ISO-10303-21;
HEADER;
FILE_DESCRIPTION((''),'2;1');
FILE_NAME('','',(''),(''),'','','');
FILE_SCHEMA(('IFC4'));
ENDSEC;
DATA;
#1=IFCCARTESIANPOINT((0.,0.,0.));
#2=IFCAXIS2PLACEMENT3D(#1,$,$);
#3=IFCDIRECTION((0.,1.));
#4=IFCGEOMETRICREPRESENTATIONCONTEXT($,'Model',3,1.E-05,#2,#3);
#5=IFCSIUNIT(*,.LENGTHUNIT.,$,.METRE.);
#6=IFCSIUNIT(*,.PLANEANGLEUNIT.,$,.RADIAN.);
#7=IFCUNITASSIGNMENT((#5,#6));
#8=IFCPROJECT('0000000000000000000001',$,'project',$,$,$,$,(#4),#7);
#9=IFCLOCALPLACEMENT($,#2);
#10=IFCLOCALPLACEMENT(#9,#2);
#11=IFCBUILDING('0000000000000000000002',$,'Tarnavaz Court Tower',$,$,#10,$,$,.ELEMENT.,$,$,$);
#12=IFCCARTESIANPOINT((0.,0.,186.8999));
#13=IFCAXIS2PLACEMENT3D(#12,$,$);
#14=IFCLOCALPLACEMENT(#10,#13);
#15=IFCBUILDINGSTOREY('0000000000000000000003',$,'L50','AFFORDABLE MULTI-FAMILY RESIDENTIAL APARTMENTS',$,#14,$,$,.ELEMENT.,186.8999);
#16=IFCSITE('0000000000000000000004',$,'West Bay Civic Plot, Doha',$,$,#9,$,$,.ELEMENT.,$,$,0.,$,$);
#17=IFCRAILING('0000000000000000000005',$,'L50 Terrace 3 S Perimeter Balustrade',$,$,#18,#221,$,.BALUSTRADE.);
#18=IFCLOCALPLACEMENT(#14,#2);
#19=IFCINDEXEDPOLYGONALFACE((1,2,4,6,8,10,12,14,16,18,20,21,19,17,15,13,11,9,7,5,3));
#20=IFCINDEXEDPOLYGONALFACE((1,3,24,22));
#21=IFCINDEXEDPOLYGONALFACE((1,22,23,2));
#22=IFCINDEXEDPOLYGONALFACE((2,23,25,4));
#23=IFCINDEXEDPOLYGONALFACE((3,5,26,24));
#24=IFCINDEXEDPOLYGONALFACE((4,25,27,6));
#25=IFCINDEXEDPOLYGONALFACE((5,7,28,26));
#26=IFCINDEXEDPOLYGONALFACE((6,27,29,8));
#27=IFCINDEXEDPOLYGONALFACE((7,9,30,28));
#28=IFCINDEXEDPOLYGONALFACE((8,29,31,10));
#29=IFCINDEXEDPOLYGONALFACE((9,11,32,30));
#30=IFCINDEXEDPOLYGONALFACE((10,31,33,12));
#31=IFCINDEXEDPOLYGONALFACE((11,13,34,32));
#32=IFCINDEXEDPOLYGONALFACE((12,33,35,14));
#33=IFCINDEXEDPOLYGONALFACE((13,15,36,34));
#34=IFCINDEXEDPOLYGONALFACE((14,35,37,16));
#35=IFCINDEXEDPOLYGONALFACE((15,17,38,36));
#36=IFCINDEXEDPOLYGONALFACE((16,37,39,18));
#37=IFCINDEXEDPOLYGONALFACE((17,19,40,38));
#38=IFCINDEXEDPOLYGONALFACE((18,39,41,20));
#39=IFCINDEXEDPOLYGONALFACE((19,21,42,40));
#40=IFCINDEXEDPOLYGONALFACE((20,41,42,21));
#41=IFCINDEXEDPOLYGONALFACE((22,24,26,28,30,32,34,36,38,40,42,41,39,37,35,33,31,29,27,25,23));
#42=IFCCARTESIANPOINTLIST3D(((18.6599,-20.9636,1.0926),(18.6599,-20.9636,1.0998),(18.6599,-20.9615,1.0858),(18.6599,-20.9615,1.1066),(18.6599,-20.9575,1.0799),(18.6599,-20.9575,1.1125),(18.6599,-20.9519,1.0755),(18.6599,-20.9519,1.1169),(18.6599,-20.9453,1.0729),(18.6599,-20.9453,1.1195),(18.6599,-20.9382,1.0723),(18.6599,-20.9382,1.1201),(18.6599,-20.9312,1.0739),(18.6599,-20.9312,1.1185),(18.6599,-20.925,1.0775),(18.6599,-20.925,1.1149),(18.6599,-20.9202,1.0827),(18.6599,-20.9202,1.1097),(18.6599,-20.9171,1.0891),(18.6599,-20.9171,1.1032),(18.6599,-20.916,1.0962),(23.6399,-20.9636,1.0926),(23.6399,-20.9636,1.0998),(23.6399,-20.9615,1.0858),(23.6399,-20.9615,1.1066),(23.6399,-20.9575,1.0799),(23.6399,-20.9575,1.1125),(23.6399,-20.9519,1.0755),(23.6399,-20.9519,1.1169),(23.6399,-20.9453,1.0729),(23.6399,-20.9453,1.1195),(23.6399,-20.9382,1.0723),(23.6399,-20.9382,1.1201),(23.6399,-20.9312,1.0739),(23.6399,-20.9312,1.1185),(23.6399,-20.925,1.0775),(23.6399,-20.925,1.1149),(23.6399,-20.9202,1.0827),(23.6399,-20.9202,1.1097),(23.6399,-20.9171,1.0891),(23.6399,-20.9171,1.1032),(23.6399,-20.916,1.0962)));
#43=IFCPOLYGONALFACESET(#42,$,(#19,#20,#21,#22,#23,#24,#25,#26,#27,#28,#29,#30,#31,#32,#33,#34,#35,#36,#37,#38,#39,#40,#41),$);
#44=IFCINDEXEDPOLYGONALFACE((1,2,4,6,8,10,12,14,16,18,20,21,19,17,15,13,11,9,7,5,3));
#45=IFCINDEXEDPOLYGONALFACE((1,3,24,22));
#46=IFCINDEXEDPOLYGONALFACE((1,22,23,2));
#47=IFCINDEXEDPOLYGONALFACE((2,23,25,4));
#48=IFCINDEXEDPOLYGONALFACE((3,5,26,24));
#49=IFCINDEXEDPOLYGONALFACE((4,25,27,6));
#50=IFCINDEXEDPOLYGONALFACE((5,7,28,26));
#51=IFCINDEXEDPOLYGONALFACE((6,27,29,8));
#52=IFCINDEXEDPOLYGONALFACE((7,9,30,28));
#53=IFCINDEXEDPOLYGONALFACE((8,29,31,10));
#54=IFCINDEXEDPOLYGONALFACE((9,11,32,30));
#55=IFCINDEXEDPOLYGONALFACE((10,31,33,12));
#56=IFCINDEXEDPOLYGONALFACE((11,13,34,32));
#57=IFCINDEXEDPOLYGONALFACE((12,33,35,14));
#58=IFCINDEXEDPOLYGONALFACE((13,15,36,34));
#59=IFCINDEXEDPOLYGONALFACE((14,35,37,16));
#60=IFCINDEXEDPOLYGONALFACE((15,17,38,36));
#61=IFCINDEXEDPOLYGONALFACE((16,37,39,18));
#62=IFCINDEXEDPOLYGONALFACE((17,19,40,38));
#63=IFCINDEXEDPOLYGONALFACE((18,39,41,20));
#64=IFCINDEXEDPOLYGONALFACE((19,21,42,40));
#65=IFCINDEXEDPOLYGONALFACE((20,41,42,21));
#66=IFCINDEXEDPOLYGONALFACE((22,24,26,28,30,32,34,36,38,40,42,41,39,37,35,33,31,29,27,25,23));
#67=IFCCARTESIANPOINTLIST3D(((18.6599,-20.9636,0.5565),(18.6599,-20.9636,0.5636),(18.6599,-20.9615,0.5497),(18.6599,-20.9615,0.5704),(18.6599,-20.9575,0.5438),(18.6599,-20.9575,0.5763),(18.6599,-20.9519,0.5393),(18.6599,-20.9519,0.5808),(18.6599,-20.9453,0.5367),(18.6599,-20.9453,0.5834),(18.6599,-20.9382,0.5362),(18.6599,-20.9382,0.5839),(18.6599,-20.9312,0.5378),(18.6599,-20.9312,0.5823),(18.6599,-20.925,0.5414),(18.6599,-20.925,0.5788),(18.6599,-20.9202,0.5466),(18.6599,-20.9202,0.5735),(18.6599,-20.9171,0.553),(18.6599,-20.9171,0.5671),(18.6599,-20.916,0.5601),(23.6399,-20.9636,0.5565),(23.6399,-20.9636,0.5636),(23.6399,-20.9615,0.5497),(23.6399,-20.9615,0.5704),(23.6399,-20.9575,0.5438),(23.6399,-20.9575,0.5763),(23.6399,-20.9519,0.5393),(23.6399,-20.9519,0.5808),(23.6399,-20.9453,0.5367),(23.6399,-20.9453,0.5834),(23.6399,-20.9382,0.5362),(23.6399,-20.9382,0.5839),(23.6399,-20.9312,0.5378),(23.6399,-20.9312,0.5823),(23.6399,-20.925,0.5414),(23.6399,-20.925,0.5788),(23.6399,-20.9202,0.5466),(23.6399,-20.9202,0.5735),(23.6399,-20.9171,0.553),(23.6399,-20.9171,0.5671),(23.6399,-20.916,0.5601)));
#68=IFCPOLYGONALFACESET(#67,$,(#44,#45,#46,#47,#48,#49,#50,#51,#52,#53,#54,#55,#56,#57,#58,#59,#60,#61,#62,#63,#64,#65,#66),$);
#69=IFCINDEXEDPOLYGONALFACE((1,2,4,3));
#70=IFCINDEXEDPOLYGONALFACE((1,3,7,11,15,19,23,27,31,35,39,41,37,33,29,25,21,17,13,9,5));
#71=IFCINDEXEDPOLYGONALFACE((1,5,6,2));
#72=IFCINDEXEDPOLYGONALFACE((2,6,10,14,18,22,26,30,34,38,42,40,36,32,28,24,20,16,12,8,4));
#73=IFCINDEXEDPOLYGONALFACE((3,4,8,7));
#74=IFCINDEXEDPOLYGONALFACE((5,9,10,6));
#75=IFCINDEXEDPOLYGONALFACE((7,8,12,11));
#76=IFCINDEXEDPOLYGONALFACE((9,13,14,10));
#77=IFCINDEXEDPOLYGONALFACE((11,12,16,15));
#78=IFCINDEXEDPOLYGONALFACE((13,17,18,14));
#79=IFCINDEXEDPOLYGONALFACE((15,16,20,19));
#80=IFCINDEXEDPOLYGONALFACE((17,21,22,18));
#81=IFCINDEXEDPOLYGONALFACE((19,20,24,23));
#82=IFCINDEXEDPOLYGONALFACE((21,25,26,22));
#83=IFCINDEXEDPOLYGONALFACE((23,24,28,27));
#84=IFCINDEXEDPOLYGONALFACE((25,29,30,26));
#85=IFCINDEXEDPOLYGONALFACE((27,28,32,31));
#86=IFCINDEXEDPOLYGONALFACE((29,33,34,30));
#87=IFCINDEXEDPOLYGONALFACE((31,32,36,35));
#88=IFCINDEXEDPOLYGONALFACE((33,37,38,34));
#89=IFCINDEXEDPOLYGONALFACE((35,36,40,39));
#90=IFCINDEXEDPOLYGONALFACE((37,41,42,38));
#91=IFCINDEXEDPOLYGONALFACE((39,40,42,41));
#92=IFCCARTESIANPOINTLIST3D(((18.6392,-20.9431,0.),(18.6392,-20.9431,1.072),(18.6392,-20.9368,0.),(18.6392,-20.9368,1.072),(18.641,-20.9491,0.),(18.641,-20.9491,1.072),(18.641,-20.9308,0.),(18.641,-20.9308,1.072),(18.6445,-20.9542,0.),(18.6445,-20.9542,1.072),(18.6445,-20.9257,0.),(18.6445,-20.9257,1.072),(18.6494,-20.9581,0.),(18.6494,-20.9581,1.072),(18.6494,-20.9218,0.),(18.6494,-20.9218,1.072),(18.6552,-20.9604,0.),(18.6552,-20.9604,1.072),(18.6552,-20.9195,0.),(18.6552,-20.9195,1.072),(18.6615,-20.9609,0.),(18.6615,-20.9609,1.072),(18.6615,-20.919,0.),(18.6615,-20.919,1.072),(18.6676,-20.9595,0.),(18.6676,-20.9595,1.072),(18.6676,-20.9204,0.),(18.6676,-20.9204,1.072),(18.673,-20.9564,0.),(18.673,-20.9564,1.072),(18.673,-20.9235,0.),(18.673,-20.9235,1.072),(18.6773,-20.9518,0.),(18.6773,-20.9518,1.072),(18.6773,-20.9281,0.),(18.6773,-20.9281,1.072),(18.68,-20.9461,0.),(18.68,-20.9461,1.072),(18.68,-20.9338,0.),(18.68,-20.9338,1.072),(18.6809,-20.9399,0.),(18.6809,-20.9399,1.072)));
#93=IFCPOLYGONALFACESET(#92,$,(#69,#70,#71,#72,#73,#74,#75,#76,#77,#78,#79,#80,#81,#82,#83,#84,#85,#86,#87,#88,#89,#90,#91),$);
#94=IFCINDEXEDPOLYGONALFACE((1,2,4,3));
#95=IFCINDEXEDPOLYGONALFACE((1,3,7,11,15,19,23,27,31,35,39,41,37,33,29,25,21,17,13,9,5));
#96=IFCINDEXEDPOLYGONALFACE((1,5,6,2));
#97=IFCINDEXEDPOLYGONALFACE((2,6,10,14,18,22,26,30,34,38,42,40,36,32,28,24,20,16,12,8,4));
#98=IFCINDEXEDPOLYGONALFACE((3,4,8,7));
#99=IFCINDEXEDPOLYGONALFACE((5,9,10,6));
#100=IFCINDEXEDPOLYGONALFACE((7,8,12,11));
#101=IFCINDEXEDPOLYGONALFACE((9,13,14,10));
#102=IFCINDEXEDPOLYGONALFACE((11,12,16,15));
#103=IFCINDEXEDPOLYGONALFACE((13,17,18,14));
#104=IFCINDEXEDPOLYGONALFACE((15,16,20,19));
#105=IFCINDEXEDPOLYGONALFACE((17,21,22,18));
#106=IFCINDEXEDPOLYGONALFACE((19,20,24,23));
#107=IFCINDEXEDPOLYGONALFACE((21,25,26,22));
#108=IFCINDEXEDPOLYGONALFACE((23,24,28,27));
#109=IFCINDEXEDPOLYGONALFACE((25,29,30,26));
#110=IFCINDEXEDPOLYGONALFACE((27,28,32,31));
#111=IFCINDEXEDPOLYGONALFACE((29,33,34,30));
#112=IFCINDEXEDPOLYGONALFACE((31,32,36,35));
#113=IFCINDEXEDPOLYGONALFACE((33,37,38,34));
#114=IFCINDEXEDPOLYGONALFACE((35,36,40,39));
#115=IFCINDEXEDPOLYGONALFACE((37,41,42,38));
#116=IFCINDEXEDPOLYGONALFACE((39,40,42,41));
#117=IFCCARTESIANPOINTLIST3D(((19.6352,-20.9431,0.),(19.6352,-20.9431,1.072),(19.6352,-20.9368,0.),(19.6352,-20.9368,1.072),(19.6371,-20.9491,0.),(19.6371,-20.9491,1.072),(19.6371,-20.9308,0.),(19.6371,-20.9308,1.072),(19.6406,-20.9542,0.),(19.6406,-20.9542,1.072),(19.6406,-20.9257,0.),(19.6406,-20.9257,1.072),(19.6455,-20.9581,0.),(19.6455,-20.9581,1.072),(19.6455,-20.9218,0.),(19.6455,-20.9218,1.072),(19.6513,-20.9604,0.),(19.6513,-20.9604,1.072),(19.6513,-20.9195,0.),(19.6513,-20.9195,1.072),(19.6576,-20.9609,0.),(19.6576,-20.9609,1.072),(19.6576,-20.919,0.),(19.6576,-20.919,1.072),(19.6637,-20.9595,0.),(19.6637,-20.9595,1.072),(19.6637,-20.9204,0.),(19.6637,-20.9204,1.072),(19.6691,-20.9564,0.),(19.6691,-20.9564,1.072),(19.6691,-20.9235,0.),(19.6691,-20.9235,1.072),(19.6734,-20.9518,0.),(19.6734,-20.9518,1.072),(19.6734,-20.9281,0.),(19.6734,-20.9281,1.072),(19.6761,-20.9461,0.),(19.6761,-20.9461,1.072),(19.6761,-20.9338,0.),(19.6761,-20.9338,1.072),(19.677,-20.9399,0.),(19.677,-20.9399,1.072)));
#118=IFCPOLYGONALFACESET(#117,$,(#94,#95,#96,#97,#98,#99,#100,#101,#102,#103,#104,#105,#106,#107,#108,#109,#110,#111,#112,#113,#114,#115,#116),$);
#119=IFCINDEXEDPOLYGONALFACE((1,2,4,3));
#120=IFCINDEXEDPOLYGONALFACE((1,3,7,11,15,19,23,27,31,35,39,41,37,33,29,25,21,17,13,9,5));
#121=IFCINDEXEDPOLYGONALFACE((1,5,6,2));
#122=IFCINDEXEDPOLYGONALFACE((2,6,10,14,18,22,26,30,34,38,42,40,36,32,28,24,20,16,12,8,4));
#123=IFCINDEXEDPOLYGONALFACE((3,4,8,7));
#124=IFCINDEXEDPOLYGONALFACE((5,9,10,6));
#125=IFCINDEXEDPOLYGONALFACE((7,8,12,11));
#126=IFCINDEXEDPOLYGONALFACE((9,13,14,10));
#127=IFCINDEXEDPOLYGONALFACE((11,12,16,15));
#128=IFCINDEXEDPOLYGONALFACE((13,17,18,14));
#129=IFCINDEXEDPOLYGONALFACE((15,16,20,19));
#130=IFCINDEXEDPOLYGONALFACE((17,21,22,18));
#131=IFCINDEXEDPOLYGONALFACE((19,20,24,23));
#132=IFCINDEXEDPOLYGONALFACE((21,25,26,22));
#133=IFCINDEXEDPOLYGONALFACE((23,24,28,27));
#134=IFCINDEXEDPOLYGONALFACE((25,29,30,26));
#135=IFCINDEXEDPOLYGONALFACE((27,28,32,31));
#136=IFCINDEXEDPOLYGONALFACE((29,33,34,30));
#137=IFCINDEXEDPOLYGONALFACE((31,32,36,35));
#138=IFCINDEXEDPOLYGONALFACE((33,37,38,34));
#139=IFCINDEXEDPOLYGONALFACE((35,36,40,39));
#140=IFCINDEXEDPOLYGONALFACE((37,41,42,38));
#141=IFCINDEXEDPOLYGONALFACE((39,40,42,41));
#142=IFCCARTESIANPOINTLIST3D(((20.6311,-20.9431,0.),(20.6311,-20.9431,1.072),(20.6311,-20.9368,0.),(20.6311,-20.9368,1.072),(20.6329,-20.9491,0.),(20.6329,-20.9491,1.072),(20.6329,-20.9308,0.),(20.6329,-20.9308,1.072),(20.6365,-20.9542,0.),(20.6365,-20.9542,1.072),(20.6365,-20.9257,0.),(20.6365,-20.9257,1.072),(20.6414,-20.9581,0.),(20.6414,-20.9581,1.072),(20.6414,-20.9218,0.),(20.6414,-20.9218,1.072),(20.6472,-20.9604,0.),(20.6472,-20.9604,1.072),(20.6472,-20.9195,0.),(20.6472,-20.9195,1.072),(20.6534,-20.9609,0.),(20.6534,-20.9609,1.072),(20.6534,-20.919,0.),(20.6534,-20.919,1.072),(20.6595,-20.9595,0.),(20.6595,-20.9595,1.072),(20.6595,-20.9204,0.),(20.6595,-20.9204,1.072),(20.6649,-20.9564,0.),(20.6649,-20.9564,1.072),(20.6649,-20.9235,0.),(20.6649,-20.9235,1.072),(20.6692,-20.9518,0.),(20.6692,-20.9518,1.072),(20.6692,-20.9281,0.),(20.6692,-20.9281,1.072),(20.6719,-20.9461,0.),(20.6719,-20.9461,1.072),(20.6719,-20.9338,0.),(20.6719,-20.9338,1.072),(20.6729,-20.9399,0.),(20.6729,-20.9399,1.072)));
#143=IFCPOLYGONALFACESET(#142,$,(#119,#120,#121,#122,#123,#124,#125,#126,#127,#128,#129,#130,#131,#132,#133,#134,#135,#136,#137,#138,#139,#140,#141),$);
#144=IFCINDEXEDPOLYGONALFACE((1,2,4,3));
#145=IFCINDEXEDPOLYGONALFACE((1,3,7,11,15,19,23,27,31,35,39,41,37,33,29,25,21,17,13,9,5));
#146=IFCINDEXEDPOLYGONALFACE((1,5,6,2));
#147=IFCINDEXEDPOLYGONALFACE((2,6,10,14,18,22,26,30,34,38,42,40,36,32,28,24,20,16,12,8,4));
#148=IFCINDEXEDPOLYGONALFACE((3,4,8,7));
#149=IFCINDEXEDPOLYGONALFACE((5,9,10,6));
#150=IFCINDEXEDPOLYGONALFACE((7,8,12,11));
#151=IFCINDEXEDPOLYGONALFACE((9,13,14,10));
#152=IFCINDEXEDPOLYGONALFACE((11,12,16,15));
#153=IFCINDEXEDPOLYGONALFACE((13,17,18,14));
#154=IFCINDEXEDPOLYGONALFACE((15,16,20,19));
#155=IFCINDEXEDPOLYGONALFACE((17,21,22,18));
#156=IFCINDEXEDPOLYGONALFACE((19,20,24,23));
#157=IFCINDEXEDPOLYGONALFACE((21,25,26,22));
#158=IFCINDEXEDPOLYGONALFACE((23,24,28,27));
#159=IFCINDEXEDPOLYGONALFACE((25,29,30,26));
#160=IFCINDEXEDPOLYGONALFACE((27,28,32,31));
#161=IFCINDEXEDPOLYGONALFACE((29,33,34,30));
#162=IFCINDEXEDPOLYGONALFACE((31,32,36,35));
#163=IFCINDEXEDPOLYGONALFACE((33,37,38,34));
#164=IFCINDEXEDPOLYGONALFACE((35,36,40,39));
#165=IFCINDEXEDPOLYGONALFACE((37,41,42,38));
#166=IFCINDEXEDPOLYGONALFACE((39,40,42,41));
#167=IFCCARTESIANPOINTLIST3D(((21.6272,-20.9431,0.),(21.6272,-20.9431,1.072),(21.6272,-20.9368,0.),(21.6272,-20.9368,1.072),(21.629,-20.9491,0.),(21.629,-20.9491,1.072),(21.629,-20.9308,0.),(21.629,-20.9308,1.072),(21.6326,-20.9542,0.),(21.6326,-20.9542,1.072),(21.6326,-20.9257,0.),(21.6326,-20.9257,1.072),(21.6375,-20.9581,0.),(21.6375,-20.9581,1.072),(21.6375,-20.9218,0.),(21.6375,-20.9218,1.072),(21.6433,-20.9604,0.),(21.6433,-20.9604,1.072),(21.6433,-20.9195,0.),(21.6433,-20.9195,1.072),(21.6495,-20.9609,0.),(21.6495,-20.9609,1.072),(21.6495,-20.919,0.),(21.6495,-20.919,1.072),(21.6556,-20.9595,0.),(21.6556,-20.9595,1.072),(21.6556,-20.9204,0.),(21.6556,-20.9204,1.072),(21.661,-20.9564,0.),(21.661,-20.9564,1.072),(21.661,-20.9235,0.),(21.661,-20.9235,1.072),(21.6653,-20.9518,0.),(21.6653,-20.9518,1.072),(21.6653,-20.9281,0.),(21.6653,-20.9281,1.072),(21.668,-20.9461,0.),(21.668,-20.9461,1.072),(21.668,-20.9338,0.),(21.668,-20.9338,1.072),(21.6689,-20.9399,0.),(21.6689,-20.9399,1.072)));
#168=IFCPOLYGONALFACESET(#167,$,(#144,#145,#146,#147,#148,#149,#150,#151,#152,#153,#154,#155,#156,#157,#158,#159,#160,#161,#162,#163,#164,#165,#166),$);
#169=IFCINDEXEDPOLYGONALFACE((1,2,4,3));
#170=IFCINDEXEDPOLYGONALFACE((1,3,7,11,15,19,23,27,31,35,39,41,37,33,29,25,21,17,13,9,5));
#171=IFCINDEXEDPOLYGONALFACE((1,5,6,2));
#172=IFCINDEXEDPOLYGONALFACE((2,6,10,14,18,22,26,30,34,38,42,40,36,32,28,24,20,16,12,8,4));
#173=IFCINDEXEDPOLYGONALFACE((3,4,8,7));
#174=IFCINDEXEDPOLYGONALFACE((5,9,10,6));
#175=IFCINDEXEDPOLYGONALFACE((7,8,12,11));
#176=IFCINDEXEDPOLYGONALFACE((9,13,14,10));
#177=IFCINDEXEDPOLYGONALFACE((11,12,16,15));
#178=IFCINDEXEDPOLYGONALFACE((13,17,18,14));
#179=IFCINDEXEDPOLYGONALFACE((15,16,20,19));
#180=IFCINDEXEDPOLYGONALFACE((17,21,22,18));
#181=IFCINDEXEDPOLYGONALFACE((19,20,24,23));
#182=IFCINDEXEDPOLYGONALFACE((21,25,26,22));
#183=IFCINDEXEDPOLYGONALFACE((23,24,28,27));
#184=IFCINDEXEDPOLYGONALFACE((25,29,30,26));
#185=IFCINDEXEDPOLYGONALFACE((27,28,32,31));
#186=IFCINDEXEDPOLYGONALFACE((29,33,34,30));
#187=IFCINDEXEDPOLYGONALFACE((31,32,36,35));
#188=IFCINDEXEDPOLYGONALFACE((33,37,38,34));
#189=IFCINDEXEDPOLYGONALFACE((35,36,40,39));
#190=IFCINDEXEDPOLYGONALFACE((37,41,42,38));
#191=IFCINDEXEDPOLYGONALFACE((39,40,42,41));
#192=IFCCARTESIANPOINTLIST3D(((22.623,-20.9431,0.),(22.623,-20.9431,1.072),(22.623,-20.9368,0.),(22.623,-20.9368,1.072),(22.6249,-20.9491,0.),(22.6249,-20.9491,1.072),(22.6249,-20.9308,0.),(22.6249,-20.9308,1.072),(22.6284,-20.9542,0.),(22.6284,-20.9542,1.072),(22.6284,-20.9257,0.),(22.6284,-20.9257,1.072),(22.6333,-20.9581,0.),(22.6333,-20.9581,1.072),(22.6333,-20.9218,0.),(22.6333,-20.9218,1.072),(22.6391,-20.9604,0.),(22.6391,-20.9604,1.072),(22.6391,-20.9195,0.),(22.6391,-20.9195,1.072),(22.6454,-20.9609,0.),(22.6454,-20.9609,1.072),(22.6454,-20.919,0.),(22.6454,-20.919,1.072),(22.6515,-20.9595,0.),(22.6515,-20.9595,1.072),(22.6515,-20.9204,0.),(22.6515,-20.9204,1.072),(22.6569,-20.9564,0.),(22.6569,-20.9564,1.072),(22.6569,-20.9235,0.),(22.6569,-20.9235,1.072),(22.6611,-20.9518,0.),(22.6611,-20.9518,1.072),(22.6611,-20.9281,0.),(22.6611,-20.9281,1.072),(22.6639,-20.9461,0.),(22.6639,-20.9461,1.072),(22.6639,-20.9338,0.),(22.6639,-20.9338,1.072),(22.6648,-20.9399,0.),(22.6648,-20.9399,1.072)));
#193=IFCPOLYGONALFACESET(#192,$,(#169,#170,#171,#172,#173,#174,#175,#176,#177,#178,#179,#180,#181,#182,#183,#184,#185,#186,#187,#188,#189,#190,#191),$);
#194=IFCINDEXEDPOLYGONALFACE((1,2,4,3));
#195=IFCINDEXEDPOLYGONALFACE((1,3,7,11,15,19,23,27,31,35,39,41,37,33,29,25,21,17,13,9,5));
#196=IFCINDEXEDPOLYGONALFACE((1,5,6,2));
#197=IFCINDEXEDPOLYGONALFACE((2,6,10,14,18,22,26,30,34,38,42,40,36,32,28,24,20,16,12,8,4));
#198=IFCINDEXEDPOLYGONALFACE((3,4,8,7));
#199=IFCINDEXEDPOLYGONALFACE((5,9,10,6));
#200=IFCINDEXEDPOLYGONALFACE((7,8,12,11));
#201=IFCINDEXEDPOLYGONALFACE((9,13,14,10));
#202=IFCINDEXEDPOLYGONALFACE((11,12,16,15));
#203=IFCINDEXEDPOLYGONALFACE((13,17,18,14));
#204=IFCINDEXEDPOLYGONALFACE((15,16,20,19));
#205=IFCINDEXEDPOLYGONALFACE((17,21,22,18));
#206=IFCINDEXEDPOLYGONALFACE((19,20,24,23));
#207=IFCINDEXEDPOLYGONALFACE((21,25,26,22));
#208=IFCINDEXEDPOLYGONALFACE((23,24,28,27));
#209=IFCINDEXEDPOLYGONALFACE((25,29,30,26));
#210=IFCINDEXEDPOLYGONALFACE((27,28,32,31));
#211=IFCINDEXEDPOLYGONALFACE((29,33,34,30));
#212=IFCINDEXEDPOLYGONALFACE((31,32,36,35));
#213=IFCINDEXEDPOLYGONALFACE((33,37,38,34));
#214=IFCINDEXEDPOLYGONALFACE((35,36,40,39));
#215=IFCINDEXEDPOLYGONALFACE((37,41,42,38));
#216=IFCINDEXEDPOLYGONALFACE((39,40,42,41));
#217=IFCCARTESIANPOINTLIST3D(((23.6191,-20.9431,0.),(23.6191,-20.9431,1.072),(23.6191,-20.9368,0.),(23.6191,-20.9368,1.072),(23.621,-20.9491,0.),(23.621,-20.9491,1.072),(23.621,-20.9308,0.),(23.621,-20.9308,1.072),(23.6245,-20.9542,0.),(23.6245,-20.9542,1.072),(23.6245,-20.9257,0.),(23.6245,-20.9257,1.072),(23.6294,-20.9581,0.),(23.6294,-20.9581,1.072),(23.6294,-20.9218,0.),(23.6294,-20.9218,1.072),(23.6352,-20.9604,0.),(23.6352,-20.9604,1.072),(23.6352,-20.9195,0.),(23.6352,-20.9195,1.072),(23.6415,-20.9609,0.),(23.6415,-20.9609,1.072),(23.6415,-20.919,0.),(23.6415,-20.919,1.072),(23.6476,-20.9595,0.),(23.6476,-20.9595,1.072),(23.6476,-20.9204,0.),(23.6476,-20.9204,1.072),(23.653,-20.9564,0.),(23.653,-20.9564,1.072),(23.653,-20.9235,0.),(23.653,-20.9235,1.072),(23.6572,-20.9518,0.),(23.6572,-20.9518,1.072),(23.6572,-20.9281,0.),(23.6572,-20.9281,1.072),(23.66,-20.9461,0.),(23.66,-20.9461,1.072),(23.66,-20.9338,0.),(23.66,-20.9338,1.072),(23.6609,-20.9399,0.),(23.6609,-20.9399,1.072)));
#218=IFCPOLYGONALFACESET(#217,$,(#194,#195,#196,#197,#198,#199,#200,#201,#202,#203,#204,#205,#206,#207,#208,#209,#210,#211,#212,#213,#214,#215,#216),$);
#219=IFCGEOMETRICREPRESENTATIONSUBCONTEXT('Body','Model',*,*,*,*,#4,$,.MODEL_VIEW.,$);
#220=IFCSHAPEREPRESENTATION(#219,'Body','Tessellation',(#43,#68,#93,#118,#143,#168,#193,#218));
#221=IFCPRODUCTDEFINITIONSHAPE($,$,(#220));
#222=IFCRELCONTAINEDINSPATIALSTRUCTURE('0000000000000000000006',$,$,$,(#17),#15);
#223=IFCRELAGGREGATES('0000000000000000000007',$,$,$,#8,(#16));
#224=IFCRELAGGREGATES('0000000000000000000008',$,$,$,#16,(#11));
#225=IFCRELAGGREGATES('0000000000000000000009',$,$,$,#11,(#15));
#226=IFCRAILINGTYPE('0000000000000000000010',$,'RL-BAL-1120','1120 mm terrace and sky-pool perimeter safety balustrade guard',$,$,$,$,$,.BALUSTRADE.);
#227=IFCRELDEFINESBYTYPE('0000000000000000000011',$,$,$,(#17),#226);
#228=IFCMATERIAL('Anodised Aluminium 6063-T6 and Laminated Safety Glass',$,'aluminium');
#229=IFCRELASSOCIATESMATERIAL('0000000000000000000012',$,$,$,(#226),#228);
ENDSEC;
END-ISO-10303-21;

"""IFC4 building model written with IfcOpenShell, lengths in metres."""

from ifc_helpers import new_model, si_unit, direction, frame, origin, origin_2d, place, context, subcontext, project, spatial, circle, extrude, material, type_object, element, save


model = new_model("IFC4")

# Units and contexts
model_context = context("Model", 3, precision=1e-05, world=origin(), true_north=direction((0.0, 1.0)))
body_context = subcontext(model_context, "Body", "Model", "MODEL_VIEW")
ifc_project = project(units=[si_unit("LENGTHUNIT", "METRE"), si_unit("PLANEANGLEUNIT", "RADIAN")], contexts=[model_context])

# Site, building, storey
site_placement = place(None, origin())
site = spatial("IfcSite", under=ifc_project, at=site_placement, Name="West Bay Civic Plot, Doha", CompositionType="ELEMENT", RefElevation=0.0)
building_placement = place(site_placement, origin())
building = spatial("IfcBuilding", under=site, at=building_placement, Name="Tarnavaz Court Tower", CompositionType="ELEMENT")
storey_placement = place(building_placement, frame((0.0, 0.0, 186.8999)))
storey = spatial("IfcBuildingStorey", under=building, at=storey_placement, Name="L50", Description="AFFORDABLE MULTI-FAMILY RESIDENTIAL APARTMENTS", CompositionType="ELEMENT", Elevation=186.8999)

# Railing
ifc_material_1 = material(Name="Anodised Aluminium 6063-T6 and Laminated Safety Glass", Category="aluminium")
railing_type = type_object("IfcRailingType", Name="RL-BAL-1120", Description="1120 mm terrace and sky-pool perimeter safety balustrade guard", PredefinedType="BALUSTRADE", material=ifc_material_1)
railing_1_placement = place(storey_placement, frame((18.6599, -20.9399, 0.0)))
element("IfcRailing", 1, at=railing_1_placement, inside=storey, type_object=railing_type, Name="L50 Terrace 3 S Perimeter Balustrade", PredefinedType="BALUSTRADE", context=body_context, shape_type="SweptSolid", body=[
    extrude(circle(Radius=0.0239, at=origin_2d()), frame((0.0, 0.0, 1.0962), z_axis=(1.0, 0.0, 0.0), x_axis=(0.0, 1.0, 0.0)), (0.0, 0.0, 1.0), 4.98),
    extrude(circle(Radius=0.0239, at=origin_2d()), frame((0.0, 0.0, 0.5601), z_axis=(1.0, 0.0, 0.0), x_axis=(0.0, 1.0, 0.0)), (0.0, 0.0, 1.0), 4.98),
    extrude(circle(Radius=0.021, at=origin_2d()), origin(), (0.0, 0.0, 1.0), 1.072),
    extrude(circle(Radius=0.021, at=origin_2d()), frame((0.9961, 0.0, 0.0)), (0.0, 0.0, 1.0), 1.072),
    extrude(circle(Radius=0.021, at=origin_2d()), frame((1.9919, 0.0, 0.0)), (0.0, 0.0, 1.0), 1.072),
    extrude(circle(Radius=0.021, at=origin_2d()), frame((2.988, 0.0, 0.0)), (0.0, 0.0, 1.0), 1.072),
    extrude(circle(Radius=0.021, at=origin_2d()), frame((3.9839, 0.0, 0.0)), (0.0, 0.0, 1.0), 1.072),
    extrude(circle(Radius=0.021, at=origin_2d()), frame((4.98, 0.0, 0.0)), (0.0, 0.0, 1.0), 1.072),
])

save(model, "model.ifc")
